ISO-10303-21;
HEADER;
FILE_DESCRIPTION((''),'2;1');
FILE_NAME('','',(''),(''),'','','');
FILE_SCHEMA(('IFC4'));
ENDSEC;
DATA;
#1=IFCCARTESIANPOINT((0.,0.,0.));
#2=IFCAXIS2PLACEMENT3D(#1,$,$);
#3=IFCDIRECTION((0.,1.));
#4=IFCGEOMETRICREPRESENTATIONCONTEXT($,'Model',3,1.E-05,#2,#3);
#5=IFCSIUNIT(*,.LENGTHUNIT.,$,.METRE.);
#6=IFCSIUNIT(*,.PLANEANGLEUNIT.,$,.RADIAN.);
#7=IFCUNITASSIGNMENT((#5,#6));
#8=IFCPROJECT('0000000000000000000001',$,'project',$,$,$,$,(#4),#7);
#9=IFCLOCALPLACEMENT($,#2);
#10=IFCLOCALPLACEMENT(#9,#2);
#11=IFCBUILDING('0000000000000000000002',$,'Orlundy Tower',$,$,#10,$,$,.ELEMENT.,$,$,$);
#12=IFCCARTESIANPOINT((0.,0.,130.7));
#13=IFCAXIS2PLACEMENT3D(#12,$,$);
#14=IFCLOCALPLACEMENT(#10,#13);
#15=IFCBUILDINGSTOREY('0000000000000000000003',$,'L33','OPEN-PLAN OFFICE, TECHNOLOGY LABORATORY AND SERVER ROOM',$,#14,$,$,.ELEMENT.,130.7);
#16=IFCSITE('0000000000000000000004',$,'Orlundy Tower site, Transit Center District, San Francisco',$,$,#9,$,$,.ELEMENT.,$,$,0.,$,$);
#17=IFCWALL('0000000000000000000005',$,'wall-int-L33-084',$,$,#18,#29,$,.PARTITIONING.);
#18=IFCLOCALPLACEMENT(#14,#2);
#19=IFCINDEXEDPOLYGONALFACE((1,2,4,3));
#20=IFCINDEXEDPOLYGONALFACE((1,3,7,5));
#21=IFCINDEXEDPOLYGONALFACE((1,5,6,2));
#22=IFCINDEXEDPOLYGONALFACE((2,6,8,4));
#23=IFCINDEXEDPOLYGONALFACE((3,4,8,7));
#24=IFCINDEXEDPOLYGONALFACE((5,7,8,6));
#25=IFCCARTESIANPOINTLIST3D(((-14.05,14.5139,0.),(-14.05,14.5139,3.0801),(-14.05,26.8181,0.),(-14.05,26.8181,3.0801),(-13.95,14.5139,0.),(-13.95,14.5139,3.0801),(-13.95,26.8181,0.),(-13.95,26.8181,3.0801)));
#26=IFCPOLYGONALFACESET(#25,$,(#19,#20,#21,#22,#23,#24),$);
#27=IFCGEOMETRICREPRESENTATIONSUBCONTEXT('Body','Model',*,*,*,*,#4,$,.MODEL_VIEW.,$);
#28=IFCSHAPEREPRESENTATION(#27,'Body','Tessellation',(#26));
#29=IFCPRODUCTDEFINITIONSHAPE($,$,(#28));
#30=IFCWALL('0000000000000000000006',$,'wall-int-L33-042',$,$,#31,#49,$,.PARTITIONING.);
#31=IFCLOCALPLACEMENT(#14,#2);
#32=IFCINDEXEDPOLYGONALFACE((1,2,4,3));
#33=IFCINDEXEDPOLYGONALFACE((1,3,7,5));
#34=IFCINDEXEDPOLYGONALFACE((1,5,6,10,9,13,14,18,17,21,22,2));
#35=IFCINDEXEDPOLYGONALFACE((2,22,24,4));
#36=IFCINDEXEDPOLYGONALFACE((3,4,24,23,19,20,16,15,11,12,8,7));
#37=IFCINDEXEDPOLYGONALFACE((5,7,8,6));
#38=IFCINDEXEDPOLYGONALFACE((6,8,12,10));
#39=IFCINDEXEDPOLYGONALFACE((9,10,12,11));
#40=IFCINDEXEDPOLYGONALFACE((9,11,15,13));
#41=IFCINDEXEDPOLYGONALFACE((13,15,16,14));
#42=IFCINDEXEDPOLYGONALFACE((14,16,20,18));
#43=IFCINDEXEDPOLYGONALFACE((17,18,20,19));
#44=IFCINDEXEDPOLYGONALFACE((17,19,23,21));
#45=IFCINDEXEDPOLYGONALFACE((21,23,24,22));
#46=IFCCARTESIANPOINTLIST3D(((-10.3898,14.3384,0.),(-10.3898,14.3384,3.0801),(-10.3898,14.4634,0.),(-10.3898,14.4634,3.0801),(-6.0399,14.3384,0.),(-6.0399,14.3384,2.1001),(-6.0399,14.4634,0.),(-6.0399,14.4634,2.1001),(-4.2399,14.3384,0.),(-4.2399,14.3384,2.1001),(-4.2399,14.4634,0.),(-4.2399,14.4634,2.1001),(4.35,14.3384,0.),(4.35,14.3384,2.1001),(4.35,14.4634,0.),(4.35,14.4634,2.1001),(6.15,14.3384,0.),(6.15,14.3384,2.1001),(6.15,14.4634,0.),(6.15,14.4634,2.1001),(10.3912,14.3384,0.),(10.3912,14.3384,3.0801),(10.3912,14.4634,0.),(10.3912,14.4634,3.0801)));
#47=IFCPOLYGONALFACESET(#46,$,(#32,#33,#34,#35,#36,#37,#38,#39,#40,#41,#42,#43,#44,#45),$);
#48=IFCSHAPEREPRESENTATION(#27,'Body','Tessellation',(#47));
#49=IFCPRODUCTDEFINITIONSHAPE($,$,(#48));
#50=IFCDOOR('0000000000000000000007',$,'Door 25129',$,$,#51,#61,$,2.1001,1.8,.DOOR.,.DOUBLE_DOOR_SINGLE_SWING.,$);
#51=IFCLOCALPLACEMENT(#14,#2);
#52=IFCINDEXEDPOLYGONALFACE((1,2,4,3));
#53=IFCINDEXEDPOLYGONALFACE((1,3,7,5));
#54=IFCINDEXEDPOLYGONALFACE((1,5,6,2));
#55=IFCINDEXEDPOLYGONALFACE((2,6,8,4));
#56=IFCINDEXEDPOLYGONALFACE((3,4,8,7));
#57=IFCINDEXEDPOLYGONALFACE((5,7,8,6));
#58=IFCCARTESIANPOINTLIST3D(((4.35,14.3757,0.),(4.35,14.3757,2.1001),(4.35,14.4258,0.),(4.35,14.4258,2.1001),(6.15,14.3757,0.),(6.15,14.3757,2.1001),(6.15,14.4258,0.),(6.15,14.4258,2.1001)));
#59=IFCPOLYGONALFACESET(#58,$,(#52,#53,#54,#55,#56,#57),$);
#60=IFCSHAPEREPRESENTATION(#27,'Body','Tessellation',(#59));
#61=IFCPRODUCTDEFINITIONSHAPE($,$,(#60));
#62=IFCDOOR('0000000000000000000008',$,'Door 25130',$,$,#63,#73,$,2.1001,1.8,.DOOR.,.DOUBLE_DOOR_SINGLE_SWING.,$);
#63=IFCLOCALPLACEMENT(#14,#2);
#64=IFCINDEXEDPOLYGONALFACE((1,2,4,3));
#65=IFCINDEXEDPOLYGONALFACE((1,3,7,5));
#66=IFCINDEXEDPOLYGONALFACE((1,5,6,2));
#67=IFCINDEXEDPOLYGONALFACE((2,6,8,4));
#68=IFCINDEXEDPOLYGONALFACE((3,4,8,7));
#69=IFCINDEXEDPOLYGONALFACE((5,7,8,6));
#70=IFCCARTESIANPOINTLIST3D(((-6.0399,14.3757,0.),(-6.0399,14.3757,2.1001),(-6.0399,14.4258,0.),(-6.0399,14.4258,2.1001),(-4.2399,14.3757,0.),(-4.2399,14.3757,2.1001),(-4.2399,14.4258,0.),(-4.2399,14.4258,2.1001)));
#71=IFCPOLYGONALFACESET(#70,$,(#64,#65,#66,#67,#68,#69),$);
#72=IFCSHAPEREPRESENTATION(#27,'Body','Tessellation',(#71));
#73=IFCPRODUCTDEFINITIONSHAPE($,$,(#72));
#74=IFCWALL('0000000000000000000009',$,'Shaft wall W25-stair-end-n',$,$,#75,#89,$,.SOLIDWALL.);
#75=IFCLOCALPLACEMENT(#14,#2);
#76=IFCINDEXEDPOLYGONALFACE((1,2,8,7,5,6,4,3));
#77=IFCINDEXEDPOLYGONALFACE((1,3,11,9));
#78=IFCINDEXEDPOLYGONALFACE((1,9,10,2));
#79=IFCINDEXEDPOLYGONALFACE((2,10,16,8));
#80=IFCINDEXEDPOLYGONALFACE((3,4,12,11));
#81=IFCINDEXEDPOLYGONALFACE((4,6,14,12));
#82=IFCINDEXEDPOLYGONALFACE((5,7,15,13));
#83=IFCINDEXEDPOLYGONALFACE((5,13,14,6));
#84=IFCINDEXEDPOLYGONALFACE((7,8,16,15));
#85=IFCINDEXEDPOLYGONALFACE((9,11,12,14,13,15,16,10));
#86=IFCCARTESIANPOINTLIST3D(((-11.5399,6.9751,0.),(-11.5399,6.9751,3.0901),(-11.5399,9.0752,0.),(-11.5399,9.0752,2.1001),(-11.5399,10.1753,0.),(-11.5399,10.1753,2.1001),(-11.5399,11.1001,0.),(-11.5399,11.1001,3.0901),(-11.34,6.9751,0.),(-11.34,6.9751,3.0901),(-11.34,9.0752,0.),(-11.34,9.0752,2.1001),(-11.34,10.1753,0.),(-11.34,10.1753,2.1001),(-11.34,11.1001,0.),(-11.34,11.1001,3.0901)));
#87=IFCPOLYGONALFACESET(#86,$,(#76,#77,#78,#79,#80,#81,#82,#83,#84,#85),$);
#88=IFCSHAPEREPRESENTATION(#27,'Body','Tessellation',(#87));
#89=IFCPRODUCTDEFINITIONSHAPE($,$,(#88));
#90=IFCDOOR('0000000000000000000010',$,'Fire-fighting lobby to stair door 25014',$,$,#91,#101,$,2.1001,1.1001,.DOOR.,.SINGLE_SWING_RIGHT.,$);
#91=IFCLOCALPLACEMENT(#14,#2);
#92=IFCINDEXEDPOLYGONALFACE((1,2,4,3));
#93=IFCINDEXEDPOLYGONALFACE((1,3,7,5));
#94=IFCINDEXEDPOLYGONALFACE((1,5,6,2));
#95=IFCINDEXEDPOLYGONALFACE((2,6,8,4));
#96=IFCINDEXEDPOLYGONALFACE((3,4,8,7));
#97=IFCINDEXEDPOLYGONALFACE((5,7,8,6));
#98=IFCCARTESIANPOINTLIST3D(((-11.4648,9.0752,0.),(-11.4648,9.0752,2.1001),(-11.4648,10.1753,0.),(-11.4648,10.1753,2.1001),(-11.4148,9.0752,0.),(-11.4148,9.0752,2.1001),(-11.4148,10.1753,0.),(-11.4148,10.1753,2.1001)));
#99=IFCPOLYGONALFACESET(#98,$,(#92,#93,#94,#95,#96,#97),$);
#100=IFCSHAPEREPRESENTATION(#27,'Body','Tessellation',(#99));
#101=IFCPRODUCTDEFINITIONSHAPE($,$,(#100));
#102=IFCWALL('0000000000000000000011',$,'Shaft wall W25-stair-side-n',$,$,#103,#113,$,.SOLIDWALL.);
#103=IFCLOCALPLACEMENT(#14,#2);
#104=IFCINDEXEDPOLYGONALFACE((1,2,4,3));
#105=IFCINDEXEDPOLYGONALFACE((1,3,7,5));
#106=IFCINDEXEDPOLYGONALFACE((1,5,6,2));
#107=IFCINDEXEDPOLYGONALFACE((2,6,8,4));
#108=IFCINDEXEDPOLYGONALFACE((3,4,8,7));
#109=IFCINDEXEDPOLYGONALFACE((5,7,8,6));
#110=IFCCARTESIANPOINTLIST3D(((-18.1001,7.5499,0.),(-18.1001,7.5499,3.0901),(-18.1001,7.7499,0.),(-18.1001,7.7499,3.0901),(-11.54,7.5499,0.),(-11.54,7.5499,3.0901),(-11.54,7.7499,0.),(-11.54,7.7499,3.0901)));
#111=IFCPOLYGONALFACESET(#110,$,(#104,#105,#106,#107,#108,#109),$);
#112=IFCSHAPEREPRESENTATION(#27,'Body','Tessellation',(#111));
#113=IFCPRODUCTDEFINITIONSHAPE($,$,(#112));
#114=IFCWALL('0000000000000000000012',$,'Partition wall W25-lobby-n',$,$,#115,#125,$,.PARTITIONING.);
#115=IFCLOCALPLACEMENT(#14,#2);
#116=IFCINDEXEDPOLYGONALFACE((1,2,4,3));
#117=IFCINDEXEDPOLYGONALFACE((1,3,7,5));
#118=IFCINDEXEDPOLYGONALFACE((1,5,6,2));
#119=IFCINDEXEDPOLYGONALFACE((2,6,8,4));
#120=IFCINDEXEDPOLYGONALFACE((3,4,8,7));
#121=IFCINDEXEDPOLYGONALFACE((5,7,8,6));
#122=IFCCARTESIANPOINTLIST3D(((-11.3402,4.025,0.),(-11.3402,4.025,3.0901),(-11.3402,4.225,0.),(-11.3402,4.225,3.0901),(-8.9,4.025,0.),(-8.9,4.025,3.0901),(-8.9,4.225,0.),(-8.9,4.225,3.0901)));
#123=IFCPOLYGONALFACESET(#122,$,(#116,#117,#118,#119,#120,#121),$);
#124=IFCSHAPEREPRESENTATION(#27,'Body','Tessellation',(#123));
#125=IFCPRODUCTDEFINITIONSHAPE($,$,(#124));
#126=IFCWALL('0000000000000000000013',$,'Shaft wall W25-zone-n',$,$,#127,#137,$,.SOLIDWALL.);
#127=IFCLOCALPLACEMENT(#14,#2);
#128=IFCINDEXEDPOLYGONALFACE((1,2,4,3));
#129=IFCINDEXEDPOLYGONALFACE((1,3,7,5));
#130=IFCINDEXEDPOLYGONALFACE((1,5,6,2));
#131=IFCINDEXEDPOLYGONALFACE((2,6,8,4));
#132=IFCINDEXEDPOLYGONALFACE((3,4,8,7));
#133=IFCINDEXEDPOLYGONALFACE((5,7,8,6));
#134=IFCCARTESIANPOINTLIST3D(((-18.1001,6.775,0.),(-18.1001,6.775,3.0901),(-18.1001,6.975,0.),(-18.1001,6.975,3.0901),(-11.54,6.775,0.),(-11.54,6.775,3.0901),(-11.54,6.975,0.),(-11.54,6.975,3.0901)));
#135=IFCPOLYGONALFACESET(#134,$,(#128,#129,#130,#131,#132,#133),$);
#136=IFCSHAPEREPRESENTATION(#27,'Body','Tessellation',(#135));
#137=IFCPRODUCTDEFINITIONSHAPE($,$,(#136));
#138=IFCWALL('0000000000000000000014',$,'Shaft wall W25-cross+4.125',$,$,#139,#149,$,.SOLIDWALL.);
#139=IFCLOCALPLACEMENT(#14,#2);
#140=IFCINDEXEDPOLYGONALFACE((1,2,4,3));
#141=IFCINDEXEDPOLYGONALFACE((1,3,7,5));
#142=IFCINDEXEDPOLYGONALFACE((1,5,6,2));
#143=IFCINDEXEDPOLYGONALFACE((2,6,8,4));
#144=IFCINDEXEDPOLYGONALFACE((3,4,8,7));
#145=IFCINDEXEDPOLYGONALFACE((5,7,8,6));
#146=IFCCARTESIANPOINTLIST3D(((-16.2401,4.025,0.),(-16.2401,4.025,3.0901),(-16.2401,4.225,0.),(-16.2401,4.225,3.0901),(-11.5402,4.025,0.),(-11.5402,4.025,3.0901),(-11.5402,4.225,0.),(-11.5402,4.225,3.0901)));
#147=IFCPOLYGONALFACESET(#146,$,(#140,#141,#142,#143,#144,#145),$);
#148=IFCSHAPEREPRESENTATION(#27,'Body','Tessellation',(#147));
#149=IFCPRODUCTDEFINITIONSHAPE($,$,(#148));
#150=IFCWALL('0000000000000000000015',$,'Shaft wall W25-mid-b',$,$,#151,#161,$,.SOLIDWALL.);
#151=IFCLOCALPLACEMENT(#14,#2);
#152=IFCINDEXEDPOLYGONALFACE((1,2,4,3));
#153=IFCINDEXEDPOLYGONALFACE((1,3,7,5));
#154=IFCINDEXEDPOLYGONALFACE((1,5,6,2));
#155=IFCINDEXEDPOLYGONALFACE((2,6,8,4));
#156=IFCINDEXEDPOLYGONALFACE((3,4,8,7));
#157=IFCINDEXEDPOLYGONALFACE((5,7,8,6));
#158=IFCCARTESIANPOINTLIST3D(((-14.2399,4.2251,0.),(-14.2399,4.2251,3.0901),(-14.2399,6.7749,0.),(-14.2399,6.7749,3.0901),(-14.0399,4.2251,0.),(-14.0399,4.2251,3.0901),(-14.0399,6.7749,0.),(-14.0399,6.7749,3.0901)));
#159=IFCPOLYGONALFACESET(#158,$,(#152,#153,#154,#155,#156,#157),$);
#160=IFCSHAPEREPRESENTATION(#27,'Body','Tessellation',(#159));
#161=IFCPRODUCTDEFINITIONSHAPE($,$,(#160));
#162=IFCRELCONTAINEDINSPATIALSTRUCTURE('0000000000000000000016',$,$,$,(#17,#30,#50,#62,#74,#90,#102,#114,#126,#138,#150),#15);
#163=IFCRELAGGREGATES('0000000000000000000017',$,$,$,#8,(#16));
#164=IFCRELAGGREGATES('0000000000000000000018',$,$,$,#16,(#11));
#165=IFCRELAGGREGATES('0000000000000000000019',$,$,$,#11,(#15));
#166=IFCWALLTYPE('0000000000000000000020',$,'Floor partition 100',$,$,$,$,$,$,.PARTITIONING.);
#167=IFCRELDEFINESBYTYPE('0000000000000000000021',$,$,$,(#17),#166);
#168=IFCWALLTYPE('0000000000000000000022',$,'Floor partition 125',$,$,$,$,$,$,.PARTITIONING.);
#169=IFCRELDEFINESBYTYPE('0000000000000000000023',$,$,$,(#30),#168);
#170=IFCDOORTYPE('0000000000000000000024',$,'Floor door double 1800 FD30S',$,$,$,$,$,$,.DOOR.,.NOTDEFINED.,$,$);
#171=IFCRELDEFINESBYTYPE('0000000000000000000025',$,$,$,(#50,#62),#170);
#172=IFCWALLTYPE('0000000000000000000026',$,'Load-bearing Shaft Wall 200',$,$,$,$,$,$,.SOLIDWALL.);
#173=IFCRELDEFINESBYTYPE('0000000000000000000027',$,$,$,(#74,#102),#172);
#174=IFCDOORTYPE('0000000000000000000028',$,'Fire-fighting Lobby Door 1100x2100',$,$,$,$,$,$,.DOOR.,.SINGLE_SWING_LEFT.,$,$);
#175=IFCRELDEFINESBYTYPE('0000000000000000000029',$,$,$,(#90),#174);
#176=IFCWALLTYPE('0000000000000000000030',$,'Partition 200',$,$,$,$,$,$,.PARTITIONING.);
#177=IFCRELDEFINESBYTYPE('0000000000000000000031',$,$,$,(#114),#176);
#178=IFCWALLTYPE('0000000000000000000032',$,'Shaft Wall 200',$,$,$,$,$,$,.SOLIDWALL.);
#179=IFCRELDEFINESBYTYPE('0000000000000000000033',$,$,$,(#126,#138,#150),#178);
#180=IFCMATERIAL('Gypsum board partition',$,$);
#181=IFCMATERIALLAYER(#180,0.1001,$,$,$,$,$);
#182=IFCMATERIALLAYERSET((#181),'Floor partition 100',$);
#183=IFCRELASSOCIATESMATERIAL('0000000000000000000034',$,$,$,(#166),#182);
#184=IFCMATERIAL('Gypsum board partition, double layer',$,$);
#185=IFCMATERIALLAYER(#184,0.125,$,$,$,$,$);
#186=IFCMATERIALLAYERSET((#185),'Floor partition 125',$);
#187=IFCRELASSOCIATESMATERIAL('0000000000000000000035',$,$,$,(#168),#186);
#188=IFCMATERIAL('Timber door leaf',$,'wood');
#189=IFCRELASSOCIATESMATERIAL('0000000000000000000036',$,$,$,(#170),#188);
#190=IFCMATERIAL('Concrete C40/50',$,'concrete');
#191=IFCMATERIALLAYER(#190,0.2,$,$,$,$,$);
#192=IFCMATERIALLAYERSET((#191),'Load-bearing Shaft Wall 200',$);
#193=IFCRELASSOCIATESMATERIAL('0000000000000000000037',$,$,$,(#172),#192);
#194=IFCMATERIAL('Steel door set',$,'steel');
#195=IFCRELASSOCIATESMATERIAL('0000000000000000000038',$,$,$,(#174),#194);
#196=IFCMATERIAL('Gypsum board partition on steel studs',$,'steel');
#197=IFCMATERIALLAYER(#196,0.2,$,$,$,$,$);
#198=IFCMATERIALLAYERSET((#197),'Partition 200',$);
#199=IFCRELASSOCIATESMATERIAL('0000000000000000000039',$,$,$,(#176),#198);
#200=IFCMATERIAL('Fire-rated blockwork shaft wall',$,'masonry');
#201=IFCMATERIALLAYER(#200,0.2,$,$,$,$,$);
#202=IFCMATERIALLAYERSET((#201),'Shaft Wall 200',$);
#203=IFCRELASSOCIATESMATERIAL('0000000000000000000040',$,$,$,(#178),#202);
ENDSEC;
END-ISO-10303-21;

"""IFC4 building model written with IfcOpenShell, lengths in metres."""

from ifc_helpers import new_model, si_unit, direction, frame, frame_2d, origin, place, context, subcontext, project, spatial, rectangle, extrude, material, layer, layer_set, type_object, element, fill, save


model = new_model("IFC4")

# Units and contexts
model_context = context("Model", 3, precision=1e-05, world=origin(), true_north=direction((0.0, 1.0)))
body_context = subcontext(model_context, "Body", "Model", "MODEL_VIEW")
ifc_project = project(units=[si_unit("LENGTHUNIT", "METRE"), si_unit("PLANEANGLEUNIT", "RADIAN")], contexts=[model_context])

# Site, building, storey
site_placement = place(None, origin())
site = spatial("IfcSite", under=ifc_project, at=site_placement, Name="Orlundy Tower site, Transit Center District, San Francisco", CompositionType="ELEMENT", RefElevation=0.0)
building_placement = place(site_placement, origin())
building = spatial("IfcBuilding", under=site, at=building_placement, Name="Orlundy Tower", CompositionType="ELEMENT")
storey_placement = place(building_placement, frame((0.0, 0.0, 130.7)))
storey = spatial("IfcBuildingStorey", under=building, at=storey_placement, Name="L33", Description="OPEN-PLAN OFFICE, TECHNOLOGY LABORATORY AND SERVER ROOM", CompositionType="ELEMENT", Elevation=130.7)

# Wall
ifc_material_1 = material(Name="Gypsum board partition")
ifc_layer_1 = layer(ifc_material_1, 0.1001)
ifc_layer_set_1 = layer_set([ifc_layer_1], Name="Floor partition 100")
wall_type_1 = type_object("IfcWallType", Name="Floor partition 100", PredefinedType="PARTITIONING", material=ifc_layer_set_1)
wall_1_placement = place(storey_placement, frame((-14.0, 14.5139, 0.0), z_axis=(0.0, 0.0, 1.0), x_axis=(0.0, 1.0, 0.0)))
element("IfcWall", 1, at=wall_1_placement, inside=storey, type_object=wall_type_1, Name="wall-int-L33-084", PredefinedType="PARTITIONING", context=body_context, shape_type="SweptSolid", body=[
    extrude(rectangle(XDim=12.3042, YDim=0.1001, at=frame_2d((6.1521, 0.0))), origin(), (0.0, 0.0, 1.0), 3.0801),
])

# Wall, openings, doors
ifc_material_2 = material(Name="Gypsum board partition, double layer")
ifc_layer_2 = layer(ifc_material_2, 0.125)
ifc_layer_set_2 = layer_set([ifc_layer_2], Name="Floor partition 125")
wall_type_2 = type_object("IfcWallType", Name="Floor partition 125", PredefinedType="PARTITIONING", material=ifc_layer_set_2)
wall_2_placement = place(storey_placement, frame((-10.3899, 14.4009, 0.0), z_axis=(0.0, 0.0, 1.0), x_axis=(1.0, 0.0, 0.0)))
wall_2 = element("IfcWall", 2, at=wall_2_placement, inside=storey, type_object=wall_type_2, Name="wall-int-L33-042", PredefinedType="PARTITIONING", context=body_context, shape_type="SweptSolid", body=[
    extrude(rectangle(XDim=20.781, YDim=0.125, at=frame_2d((10.3906, 0.0))), origin(), (0.0, 0.0, 1.0), 3.0801),
])
opening_1_placement = place(wall_2_placement, frame((14.74, 0.0, 0.0)))
opening_1 = element("IfcOpeningElement", 3, at=opening_1_placement, cuts=wall_2, PredefinedType="OPENING", context=body_context, shape_type="SweptSolid", body=[
    extrude(rectangle(XDim=1.8, YDim=2.1001, at=frame_2d((0.8999, 1.05))), frame((0.0, 0.0725, 0.0), z_axis=(0.0, -1.0, 0.0), x_axis=(1.0, 0.0, 0.0)), (0.0, 0.0, 1.0), 0.145),
])
opening_2_placement = place(wall_2_placement, frame((4.3501, 0.0, 0.0)))
opening_2 = element("IfcOpeningElement", 4, at=opening_2_placement, cuts=wall_2, PredefinedType="OPENING", context=body_context, shape_type="SweptSolid", body=[
    extrude(rectangle(XDim=1.8, YDim=2.1001, at=frame_2d((0.8999, 1.05))), frame((0.0, 0.0725, 0.0), z_axis=(0.0, -1.0, 0.0), x_axis=(1.0, 0.0, 0.0)), (0.0, 0.0, 1.0), 0.145),
])
ifc_material_3 = material(Name="Timber door leaf", Category="wood")
door_type_1 = type_object("IfcDoorType", Name="Floor door double 1800 FD30S", OperationType="NOTDEFINED", PredefinedType="DOOR", material=ifc_material_3)
door_1_placement = place(opening_1_placement, origin())
door_1 = element("IfcDoor", 5, at=door_1_placement, inside=storey, type_object=door_type_1, Name="Door 25129", OperationType="DOUBLE_DOOR_SINGLE_SWING", OverallHeight=2.1001, OverallWidth=1.8, PredefinedType="DOOR", context=body_context, shape_type="SweptSolid", body=[
    extrude(rectangle(XDim=1.8, YDim=2.1001, at=frame_2d((0.8999, 1.05))), frame((0.0, 0.0249, 0.0), z_axis=(0.0, -1.0, 0.0), x_axis=(1.0, 0.0, 0.0)), (0.0, 0.0, 1.0), 0.05),
])
fill(opening_1, door_1)
door_2_placement = place(opening_2_placement, origin())
door_2 = element("IfcDoor", 6, at=door_2_placement, inside=storey, type_object=door_type_1, Name="Door 25130", OperationType="DOUBLE_DOOR_SINGLE_SWING", OverallHeight=2.1001, OverallWidth=1.8, PredefinedType="DOOR", context=body_context, shape_type="SweptSolid", body=[
    extrude(rectangle(XDim=1.8, YDim=2.1001, at=frame_2d((0.8999, 1.05))), frame((0.0, 0.0249, 0.0), z_axis=(0.0, -1.0, 0.0), x_axis=(1.0, 0.0, 0.0)), (0.0, 0.0, 1.0), 0.05),
])
fill(opening_2, door_2)

# Wall, opening, door
ifc_material_4 = material(Name="Concrete C40/50", Category="concrete")
ifc_layer_3 = layer(ifc_material_4, 0.2)
ifc_layer_set_3 = layer_set([ifc_layer_3], Name="Load-bearing Shaft Wall 200")
wall_type_3 = type_object("IfcWallType", Name="Load-bearing Shaft Wall 200", PredefinedType="SOLIDWALL", material=ifc_layer_set_3)
wall_3_placement = place(storey_placement, frame((-11.4399, 6.9751, 0.0), z_axis=(0.0, 0.0, 1.0), x_axis=(0.0, 1.0, 0.0)))
wall_3 = element("IfcWall", 7, at=wall_3_placement, inside=storey, type_object=wall_type_3, Name="Shaft wall W25-stair-end-n", PredefinedType="SOLIDWALL", context=body_context, shape_type="SweptSolid", body=[
    extrude(rectangle(XDim=4.125, YDim=0.2, at=frame_2d((2.0625, 0.0))), origin(), (0.0, 0.0, 1.0), 3.0901),
])
opening_3_placement = place(wall_3_placement, frame((2.1001, 0.0, 0.0)))
opening_3 = element("IfcOpeningElement", 8, at=opening_3_placement, cuts=wall_3, PredefinedType="OPENING", context=body_context, shape_type="SweptSolid", body=[
    extrude(rectangle(XDim=1.1001, YDim=2.1001, at=frame_2d((0.55, 1.05))), frame((0.0, 0.1101, 0.0), z_axis=(0.0, -1.0, 0.0), x_axis=(1.0, 0.0, 0.0)), (0.0, 0.0, 1.0), 0.2202),
])
ifc_material_5 = material(Name="Steel door set", Category="steel")
door_type_2 = type_object("IfcDoorType", Name="Fire-fighting Lobby Door 1100x2100", OperationType="SINGLE_SWING_LEFT", PredefinedType="DOOR", material=ifc_material_5)
door_3_placement = place(opening_3_placement, origin())
door_3 = element("IfcDoor", 9, at=door_3_placement, inside=storey, type_object=door_type_2, Name="Fire-fighting lobby to stair door 25014", OperationType="SINGLE_SWING_RIGHT", OverallHeight=2.1001, OverallWidth=1.1001, PredefinedType="DOOR", context=body_context, shape_type="SweptSolid", body=[
    extrude(rectangle(XDim=1.1001, YDim=2.1001, at=frame_2d((0.55, 1.05))), frame((0.0, 0.0249, 0.0), z_axis=(0.0, -1.0, 0.0), x_axis=(1.0, 0.0, 0.0)), (0.0, 0.0, 1.0), 0.05),
])
fill(opening_3, door_3)

# Walls
wall_4_placement = place(storey_placement, frame((-11.54, 7.6499, 0.0), z_axis=(0.0, 0.0, 1.0), x_axis=(-1.0, 0.0, 0.0)))
element("IfcWall", 10, at=wall_4_placement, inside=storey, type_object=wall_type_3, Name="Shaft wall W25-stair-side-n", PredefinedType="SOLIDWALL", context=body_context, shape_type="SweptSolid", body=[
    extrude(rectangle(XDim=6.5601, YDim=0.2, at=frame_2d((3.28, 0.0))), origin(), (0.0, 0.0, 1.0), 3.0901),
])
ifc_material_6 = material(Name="Gypsum board partition on steel studs", Category="steel")
ifc_layer_4 = layer(ifc_material_6, 0.2)
ifc_layer_set_4 = layer_set([ifc_layer_4], Name="Partition 200")
wall_type_4 = type_object("IfcWallType", Name="Partition 200", PredefinedType="PARTITIONING", material=ifc_layer_set_4)
wall_5_placement = place(storey_placement, frame((-8.8999, 4.125, 0.0), z_axis=(0.0, 0.0, 1.0), x_axis=(-1.0, 0.0, 0.0)))
element("IfcWall", 11, at=wall_5_placement, inside=storey, type_object=wall_type_4, Name="Partition wall W25-lobby-n", PredefinedType="PARTITIONING", context=body_context, shape_type="SweptSolid", body=[
    extrude(rectangle(XDim=2.4402, YDim=0.2, at=frame_2d((1.2202, 0.0))), origin(), (0.0, 0.0, 1.0), 3.0901),
])
ifc_material_7 = material(Name="Fire-rated blockwork shaft wall", Category="masonry")
ifc_layer_5 = layer(ifc_material_7, 0.2)
ifc_layer_set_5 = layer_set([ifc_layer_5], Name="Shaft Wall 200")
wall_type_5 = type_object("IfcWallType", Name="Shaft Wall 200", PredefinedType="SOLIDWALL", material=ifc_layer_set_5)
wall_6_placement = place(storey_placement, frame((-11.54, 6.875, 0.0), z_axis=(0.0, 0.0, 1.0), x_axis=(-1.0, 0.0, 0.0)))
element("IfcWall", 12, at=wall_6_placement, inside=storey, type_object=wall_type_5, Name="Shaft wall W25-zone-n", PredefinedType="SOLIDWALL", context=body_context, shape_type="SweptSolid", body=[
    extrude(rectangle(XDim=6.5601, YDim=0.2, at=frame_2d((3.28, 0.0))), origin(), (0.0, 0.0, 1.0), 3.0901),
])
wall_7_placement = place(storey_placement, frame((-11.54, 4.125, 0.0), z_axis=(0.0, 0.0, 1.0), x_axis=(-1.0, 0.0, 0.0)))
element("IfcWall", 13, at=wall_7_placement, inside=storey, type_object=wall_type_5, Name="Shaft wall W25-cross+4.125", PredefinedType="SOLIDWALL", context=body_context, shape_type="SweptSolid", body=[
    extrude(rectangle(XDim=4.7, YDim=0.2, at=frame_2d((2.3501, 0.0))), origin(), (0.0, 0.0, 1.0), 3.0901),
])
wall_8_placement = place(storey_placement, frame((-14.1399, 4.2251, 0.0), z_axis=(0.0, 0.0, 1.0), x_axis=(0.0, 1.0, 0.0)))
element("IfcWall", 14, at=wall_8_placement, inside=storey, type_object=wall_type_5, Name="Shaft wall W25-mid-b", PredefinedType="SOLIDWALL", context=body_context, shape_type="SweptSolid", body=[
    extrude(rectangle(XDim=2.5498, YDim=0.2, at=frame_2d((1.2749, 0.0))), origin(), (0.0, 0.0, 1.0), 3.0901),
])

save(model, "model.ifc")
